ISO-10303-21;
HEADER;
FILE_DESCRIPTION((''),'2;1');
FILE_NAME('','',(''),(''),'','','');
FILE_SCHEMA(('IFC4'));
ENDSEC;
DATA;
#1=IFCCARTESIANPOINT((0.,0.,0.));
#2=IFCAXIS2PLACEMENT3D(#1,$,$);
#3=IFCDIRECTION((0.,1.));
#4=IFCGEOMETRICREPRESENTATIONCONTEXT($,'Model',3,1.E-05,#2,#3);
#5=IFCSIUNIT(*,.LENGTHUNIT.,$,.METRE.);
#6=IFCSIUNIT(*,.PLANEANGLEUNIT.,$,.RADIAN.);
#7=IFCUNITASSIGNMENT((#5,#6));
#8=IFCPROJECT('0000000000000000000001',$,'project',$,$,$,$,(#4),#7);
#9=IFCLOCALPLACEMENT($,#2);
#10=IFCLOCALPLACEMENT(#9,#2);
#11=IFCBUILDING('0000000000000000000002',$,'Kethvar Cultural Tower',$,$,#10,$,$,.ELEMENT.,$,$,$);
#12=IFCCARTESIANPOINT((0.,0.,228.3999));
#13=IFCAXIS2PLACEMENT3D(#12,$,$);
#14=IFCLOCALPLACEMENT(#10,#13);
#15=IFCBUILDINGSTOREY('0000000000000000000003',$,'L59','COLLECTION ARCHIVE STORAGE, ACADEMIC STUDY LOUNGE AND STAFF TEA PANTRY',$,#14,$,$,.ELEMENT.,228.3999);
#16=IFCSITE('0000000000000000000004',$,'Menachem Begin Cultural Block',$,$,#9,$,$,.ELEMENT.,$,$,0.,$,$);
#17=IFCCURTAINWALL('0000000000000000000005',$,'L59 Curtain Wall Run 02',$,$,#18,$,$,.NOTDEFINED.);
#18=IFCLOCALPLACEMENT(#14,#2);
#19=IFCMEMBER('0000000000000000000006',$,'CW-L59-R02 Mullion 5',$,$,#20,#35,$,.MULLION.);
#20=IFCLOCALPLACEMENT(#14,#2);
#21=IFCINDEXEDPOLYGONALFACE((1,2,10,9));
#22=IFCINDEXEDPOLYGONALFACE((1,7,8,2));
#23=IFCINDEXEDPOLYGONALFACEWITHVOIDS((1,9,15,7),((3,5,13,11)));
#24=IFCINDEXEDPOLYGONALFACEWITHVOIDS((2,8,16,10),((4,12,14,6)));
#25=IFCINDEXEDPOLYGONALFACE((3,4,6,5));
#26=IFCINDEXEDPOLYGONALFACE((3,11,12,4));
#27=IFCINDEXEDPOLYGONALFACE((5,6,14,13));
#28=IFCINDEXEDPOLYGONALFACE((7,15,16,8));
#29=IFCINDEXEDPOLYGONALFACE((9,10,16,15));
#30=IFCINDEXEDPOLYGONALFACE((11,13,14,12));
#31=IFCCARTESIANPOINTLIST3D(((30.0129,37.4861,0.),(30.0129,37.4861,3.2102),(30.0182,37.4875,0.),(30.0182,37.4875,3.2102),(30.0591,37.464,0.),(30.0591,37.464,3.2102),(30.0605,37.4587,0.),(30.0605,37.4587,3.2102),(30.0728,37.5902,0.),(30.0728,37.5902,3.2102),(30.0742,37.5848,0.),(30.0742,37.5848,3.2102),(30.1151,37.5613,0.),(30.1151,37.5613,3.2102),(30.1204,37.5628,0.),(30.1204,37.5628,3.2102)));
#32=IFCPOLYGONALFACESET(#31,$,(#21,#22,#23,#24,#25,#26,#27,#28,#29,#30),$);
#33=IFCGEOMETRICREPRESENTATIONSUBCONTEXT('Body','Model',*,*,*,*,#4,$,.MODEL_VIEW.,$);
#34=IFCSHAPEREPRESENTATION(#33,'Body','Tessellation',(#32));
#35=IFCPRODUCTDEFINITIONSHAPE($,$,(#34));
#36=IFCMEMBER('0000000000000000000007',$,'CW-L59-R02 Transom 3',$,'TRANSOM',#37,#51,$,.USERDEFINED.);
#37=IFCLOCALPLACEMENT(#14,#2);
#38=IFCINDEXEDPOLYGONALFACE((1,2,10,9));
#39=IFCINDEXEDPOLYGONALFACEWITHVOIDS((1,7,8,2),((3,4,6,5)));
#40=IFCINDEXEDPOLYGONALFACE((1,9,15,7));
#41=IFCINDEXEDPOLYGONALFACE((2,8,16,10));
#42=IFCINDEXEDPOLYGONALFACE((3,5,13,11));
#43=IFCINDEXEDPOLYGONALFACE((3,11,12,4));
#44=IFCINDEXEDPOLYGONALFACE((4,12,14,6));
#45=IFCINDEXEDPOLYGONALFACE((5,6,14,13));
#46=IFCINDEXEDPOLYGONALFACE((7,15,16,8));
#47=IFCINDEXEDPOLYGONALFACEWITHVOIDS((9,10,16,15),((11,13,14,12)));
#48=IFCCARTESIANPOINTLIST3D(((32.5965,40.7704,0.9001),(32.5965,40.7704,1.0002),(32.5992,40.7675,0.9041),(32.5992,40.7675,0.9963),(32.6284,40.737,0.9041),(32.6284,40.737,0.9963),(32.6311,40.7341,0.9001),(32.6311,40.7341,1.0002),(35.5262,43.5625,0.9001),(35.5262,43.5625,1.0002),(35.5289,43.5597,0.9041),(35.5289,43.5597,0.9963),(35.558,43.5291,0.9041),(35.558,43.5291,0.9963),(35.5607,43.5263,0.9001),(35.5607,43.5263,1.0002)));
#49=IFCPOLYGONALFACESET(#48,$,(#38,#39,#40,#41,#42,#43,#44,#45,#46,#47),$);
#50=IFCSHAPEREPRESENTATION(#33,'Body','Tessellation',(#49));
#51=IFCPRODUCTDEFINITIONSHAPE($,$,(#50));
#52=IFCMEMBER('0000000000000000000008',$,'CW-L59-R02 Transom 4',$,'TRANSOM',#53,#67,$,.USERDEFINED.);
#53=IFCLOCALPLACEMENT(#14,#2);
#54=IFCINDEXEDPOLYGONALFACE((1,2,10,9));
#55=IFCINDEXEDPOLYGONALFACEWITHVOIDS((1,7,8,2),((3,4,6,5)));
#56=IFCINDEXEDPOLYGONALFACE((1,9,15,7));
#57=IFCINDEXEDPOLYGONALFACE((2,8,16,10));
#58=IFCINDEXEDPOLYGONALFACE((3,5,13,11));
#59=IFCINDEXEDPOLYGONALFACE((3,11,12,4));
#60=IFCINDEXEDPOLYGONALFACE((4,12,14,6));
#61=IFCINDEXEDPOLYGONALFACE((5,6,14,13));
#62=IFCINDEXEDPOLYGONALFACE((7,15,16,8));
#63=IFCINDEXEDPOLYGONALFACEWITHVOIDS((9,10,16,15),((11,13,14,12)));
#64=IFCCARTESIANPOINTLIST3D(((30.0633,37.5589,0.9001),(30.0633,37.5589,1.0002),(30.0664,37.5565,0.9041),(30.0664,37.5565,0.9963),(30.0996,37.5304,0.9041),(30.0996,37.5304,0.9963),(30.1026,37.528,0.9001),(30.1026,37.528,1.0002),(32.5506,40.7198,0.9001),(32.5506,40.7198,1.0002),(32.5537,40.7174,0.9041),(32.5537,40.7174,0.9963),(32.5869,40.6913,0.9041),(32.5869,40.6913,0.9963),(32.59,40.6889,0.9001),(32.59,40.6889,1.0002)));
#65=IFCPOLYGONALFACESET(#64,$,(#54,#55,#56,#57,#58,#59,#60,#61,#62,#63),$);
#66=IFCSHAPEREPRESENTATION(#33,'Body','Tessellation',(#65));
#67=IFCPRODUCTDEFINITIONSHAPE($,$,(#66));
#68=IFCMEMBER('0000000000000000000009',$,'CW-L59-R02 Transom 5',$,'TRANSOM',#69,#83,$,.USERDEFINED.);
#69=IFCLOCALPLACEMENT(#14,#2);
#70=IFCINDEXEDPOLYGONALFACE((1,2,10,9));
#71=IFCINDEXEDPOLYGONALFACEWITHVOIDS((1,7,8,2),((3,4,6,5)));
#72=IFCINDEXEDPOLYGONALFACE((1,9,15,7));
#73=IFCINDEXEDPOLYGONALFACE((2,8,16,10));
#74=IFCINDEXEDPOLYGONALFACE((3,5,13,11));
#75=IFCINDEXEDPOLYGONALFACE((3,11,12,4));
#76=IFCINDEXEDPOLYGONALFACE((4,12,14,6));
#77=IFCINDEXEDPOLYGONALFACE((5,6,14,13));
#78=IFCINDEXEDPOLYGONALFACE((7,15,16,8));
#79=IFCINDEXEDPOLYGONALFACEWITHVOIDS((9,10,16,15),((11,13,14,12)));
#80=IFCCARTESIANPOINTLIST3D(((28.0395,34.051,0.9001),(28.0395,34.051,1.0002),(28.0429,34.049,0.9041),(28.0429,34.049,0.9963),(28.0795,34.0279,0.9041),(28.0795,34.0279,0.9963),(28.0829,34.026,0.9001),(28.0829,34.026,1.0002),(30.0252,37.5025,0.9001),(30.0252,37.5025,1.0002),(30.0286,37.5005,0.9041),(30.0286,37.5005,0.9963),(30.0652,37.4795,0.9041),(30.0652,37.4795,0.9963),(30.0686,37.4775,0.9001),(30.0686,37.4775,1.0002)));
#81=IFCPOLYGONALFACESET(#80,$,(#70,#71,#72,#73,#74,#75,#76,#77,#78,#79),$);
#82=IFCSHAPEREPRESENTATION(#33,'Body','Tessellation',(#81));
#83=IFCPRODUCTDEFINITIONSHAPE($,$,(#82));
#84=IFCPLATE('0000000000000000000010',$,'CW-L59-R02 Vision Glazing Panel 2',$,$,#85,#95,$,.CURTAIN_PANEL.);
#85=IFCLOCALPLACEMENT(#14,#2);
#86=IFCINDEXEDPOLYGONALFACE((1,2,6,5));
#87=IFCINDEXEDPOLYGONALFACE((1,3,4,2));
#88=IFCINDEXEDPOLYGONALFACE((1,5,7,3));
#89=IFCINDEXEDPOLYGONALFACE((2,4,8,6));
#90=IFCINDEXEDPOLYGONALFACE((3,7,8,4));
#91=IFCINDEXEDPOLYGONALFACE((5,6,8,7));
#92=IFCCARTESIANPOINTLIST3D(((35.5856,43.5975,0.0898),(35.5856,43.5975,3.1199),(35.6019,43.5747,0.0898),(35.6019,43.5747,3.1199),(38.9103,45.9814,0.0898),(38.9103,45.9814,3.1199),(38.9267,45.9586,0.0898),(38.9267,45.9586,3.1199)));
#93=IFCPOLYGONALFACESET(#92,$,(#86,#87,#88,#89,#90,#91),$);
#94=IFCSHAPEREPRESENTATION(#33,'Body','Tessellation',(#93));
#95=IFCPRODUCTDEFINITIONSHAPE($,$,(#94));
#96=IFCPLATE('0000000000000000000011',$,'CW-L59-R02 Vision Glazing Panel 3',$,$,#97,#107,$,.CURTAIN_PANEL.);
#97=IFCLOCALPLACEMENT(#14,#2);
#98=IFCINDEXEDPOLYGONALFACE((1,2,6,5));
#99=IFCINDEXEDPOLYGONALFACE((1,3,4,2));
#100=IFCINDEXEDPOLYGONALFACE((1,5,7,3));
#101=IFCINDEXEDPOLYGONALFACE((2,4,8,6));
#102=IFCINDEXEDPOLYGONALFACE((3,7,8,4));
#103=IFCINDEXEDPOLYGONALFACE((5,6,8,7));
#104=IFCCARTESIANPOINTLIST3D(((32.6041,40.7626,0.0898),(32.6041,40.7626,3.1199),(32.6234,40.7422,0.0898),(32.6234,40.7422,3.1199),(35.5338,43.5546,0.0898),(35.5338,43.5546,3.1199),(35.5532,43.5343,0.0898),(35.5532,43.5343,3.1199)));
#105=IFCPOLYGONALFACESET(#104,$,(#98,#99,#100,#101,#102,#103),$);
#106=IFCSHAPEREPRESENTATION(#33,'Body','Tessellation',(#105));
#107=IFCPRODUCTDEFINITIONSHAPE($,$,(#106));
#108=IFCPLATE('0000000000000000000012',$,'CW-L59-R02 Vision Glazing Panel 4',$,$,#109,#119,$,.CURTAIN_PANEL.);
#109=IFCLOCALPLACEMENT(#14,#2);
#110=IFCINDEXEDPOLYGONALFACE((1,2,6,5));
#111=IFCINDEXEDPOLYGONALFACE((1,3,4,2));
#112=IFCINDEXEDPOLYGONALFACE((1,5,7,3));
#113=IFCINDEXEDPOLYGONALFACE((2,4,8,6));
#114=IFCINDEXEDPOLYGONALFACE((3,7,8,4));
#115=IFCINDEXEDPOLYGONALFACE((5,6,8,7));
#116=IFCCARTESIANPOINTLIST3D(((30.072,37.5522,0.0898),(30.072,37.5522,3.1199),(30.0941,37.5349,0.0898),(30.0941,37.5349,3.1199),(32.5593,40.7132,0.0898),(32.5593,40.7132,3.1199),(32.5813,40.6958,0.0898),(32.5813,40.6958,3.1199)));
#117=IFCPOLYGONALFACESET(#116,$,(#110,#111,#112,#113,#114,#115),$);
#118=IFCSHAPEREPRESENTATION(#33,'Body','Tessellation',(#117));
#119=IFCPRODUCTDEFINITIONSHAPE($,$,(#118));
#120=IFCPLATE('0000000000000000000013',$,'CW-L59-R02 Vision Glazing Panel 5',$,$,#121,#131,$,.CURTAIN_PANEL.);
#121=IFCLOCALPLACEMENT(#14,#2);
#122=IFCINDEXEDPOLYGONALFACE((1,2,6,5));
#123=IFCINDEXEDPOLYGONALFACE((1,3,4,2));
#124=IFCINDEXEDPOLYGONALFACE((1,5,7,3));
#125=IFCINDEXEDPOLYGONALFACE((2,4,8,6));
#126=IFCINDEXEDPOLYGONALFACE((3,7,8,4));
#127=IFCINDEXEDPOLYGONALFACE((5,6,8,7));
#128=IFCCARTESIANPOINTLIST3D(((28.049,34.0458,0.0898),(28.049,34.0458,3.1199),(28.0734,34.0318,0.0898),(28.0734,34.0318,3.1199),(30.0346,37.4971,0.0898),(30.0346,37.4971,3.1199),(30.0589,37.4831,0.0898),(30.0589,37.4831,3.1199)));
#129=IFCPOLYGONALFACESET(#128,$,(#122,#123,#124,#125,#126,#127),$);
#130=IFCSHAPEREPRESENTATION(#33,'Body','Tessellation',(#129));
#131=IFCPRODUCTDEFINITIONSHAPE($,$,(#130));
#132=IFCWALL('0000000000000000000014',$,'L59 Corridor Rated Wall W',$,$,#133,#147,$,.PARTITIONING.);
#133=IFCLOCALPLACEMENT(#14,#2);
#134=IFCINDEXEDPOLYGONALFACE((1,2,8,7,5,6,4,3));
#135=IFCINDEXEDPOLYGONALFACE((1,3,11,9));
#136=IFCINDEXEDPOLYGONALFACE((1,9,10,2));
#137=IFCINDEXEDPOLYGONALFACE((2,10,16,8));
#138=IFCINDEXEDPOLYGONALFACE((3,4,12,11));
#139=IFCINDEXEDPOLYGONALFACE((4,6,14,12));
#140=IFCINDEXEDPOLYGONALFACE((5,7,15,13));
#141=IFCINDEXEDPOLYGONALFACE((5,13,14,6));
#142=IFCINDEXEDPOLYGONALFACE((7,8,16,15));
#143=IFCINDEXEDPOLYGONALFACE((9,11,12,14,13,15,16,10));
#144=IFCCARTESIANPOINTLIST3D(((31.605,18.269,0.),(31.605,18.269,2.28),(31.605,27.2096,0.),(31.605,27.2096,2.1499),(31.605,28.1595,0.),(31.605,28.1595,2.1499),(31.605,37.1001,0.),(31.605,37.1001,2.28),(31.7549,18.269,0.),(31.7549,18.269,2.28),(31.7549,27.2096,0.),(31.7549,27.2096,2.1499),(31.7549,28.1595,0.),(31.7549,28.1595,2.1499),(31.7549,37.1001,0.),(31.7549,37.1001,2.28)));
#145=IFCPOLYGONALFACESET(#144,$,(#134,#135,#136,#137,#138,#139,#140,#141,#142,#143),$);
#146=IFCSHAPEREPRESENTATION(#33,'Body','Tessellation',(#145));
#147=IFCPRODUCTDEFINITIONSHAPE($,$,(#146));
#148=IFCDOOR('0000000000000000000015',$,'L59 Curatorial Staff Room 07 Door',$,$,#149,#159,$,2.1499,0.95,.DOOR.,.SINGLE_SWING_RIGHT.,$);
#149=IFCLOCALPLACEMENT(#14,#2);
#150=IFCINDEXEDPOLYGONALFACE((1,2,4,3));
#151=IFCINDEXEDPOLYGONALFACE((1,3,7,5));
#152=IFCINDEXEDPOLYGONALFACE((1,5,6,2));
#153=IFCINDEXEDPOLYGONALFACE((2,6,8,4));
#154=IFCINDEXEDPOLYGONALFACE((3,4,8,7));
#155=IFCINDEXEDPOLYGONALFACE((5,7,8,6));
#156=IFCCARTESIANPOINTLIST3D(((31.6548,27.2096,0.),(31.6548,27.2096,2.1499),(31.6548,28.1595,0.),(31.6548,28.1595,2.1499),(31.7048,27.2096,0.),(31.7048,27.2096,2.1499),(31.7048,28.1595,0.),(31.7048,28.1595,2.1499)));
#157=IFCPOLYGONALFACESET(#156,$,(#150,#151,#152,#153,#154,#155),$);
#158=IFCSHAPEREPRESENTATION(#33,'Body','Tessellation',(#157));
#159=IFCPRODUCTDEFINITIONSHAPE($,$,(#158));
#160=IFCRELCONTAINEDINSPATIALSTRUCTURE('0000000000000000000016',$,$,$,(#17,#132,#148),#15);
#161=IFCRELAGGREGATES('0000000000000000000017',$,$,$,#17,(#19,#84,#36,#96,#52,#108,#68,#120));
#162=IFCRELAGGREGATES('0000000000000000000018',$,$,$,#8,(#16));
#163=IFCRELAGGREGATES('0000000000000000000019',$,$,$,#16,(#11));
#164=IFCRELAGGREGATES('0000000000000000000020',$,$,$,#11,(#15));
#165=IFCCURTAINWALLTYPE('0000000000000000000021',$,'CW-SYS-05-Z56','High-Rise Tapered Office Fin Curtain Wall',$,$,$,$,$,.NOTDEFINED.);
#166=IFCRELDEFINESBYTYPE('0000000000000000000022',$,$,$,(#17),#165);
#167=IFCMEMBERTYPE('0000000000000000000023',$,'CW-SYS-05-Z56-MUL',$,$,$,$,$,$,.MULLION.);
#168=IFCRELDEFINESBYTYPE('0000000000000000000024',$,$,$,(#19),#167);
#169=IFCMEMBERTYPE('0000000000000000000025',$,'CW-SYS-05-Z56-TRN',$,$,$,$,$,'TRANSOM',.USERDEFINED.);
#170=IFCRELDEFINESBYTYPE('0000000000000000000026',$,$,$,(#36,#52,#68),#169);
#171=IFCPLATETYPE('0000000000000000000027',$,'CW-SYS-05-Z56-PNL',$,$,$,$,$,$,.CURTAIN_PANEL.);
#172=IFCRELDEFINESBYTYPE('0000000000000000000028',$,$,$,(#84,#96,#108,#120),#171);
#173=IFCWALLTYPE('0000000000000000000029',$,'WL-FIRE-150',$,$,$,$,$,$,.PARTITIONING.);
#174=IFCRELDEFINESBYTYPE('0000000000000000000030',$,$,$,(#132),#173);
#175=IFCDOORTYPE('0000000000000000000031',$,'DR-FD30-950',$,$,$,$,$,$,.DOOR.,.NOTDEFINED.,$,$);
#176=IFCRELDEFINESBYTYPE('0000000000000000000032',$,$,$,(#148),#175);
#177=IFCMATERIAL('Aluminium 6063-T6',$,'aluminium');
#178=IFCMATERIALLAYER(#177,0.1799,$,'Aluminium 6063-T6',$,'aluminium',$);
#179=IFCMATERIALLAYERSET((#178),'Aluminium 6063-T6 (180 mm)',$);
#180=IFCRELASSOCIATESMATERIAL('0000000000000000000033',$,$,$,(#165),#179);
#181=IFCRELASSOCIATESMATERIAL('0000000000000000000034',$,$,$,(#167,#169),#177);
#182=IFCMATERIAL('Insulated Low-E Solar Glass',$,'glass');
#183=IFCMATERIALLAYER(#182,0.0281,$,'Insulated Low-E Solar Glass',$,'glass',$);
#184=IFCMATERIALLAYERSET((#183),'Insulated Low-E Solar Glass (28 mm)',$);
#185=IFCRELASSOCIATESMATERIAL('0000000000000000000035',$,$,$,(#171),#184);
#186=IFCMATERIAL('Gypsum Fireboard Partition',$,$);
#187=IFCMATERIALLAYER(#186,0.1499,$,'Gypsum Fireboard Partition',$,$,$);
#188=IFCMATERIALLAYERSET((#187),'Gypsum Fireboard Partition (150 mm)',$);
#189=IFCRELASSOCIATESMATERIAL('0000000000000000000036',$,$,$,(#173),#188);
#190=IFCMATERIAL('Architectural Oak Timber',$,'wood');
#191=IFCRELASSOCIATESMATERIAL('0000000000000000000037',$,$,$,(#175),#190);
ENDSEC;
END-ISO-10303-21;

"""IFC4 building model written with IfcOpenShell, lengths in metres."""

from ifc_helpers import new_model, si_unit, direction, frame, frame_2d, origin, origin_2d, place, context, subcontext, project, spatial, rectangle, hollow_rectangle, extrude, source, transform, mapped, material, layer, layer_set, material_profile, profile_set, type_object, element, fill, aggregate, save


model = new_model("IFC4")

# Units and contexts
model_context = context("Model", 3, precision=1e-05, world=origin(), true_north=direction((0.0, 1.0)))
body_context = subcontext(model_context, "Body", "Model", "MODEL_VIEW")
ifc_project = project(units=[si_unit("LENGTHUNIT", "METRE"), si_unit("PLANEANGLEUNIT", "RADIAN")], contexts=[model_context])

# Site, building, storey
site_placement = place(None, origin())
site = spatial("IfcSite", under=ifc_project, at=site_placement, Name="Menachem Begin Cultural Block", CompositionType="ELEMENT", RefElevation=0.0)
building_placement = place(site_placement, origin())
building = spatial("IfcBuilding", under=site, at=building_placement, Name="Kethvar Cultural Tower", CompositionType="ELEMENT")
storey_placement = place(building_placement, frame((0.0, 0.0, 228.3999)))
storey = spatial("IfcBuildingStorey", under=building, at=storey_placement, Name="L59", Description="COLLECTION ARCHIVE STORAGE, ACADEMIC STUDY LOUNGE AND STAFF TEA PANTRY", CompositionType="ELEMENT", Elevation=228.3999)

# Curtain wall, members, plates
ifc_material_1 = material(Name="Aluminium 6063-T6", Category="aluminium")
ifc_layer_1 = layer(ifc_material_1, 0.1799, Name="Aluminium 6063-T6", Category="aluminium")
ifc_layer_set_1 = layer_set([ifc_layer_1], Name="Aluminium 6063-T6 (180 mm)")
curtain_wall_type = type_object("IfcCurtainWallType", Name="CW-SYS-05-Z56", Description="High-Rise Tapered Office Fin Curtain Wall", PredefinedType="NOTDEFINED", material=ifc_layer_set_1)
curtain_wall_placement = place(storey_placement, origin())
curtain_wall = element("IfcCurtainWall", 1, at=curtain_wall_placement, inside=storey, type_object=curtain_wall_type, Name="L59 Curtain Wall Run 02", PredefinedType="NOTDEFINED")
ifc_material_profile_1 = material_profile(ifc_material_1, hollow_rectangle(XDim=0.0549, YDim=0.1201, WallThickness=0.0039, at=origin_2d()), Name="Aluminium 6063-T6 — RHS120x55x4")
ifc_profile_set_1 = profile_set([ifc_material_profile_1], Name="Aluminium 6063-T6 — RHS120x55x4")
member_type_1 = type_object("IfcMemberType", Name="CW-SYS-05-Z56-MUL", PredefinedType="MULLION", material=ifc_profile_set_1)
shared_shape_1 = source(origin(), body_context, "Body", "SweptSolid", [
    extrude(hollow_rectangle(XDim=0.0549, YDim=0.1201, WallThickness=0.0039, at=origin_2d()), origin(), (0.0, 0.0, 1.0), 3.2102),
])
member_1_placement = place(storey_placement, frame((30.0667, 37.5244, 0.0), z_axis=(0.0, 0.0, 1.0), x_axis=(0.866792, -0.498669, 0.0)))
member_1 = element("IfcMember", 2, at=member_1_placement, type_object=member_type_1, Name="CW-L59-R02 Mullion 5", PredefinedType="MULLION", context=body_context, shape_type="MappedRepresentation", body=[
    mapped(shared_shape_1, transform((0.0, 0.0, 0.0), scale=1.0)),
])
ifc_material_profile_2 = material_profile(ifc_material_1, hollow_rectangle(XDim=0.05, YDim=0.1001, WallThickness=0.0039, at=origin_2d()), Name="Aluminium 6063-T6 — RHS100x50x4")
ifc_profile_set_2 = profile_set([ifc_material_profile_2], Name="Aluminium 6063-T6 — RHS100x50x4")
member_type_2 = type_object("IfcMemberType", Name="CW-SYS-05-Z56-TRN", ElementType="TRANSOM", PredefinedType="USERDEFINED", material=ifc_profile_set_2)
shared_shape_2 = source(origin(), body_context, "Body", "SweptSolid", [
    extrude(hollow_rectangle(XDim=0.05, YDim=0.1001, WallThickness=0.0039, at=origin_2d()), origin(), (0.0, 0.0, 1.0), 4.0471),
])
member_2_placement = place(storey_placement, frame((35.5435, 43.5444, 0.9502), z_axis=(-0.723884, -0.689922, 0.0), x_axis=(0.689922, -0.723884, 0.0)))
member_2 = element("IfcMember", 3, at=member_2_placement, type_object=member_type_2, Name="CW-L59-R02 Transom 3", ObjectType="TRANSOM", PredefinedType="USERDEFINED", context=body_context, shape_type="MappedRepresentation", body=[
    mapped(shared_shape_2, transform((0.0, 0.0, 0.0), scale=1.0)),
])
shared_shape_3 = source(origin(), body_context, "Body", "SweptSolid", [
    extrude(hollow_rectangle(XDim=0.05, YDim=0.1001, WallThickness=0.0039, at=origin_2d()), origin(), (0.0, 0.0, 1.0), 4.0222),
])
member_3_placement = place(storey_placement, frame((32.5703, 40.7043, 0.9502), z_axis=(-0.618398, -0.785865, 0.0), x_axis=(0.785865, -0.618398, 0.0)))
member_3 = element("IfcMember", 4, at=member_3_placement, type_object=member_type_2, Name="CW-L59-R02 Transom 4", ObjectType="TRANSOM", PredefinedType="USERDEFINED", context=body_context, shape_type="MappedRepresentation", body=[
    mapped(shared_shape_3, transform((0.0, 0.0, 0.0), scale=1.0)),
])
shared_shape_4 = source(origin(), body_context, "Body", "SweptSolid", [
    extrude(hollow_rectangle(XDim=0.05, YDim=0.1001, WallThickness=0.0039, at=origin_2d()), origin(), (0.0, 0.0, 1.0), 3.9819),
])
member_4_placement = place(storey_placement, frame((30.0469, 37.49, 0.9502), z_axis=(-0.498666, -0.866794, 0.0), x_axis=(0.866794, -0.498666, 0.0)))
member_4 = element("IfcMember", 5, at=member_4_placement, type_object=member_type_2, Name="CW-L59-R02 Transom 5", ObjectType="TRANSOM", PredefinedType="USERDEFINED", context=body_context, shape_type="MappedRepresentation", body=[
    mapped(shared_shape_4, transform((0.0, 0.0, 0.0), scale=1.0)),
])
ifc_material_2 = material(Name="Insulated Low-E Solar Glass", Category="glass")
ifc_layer_2 = layer(ifc_material_2, 0.0281, Name="Insulated Low-E Solar Glass", Category="glass")
ifc_layer_set_2 = layer_set([ifc_layer_2], Name="Insulated Low-E Solar Glass (28 mm)")
plate_type = type_object("IfcPlateType", Name="CW-SYS-05-Z56-PNL", PredefinedType="CURTAIN_PANEL", material=ifc_layer_set_2)
shared_shape_5 = source(origin(), body_context, "Body", "SweptSolid", [
    extrude(rectangle(XDim=4.0911, YDim=0.0281, at=origin_2d()), origin(), (0.0, 0.0, 1.0), 3.03),
])
plate_1_placement = place(storey_placement, frame((37.2561, 44.7781, 0.0898), z_axis=(0.0, 0.0, 1.0), x_axis=(-0.812684, -0.582705, 0.0)))
plate_1 = element("IfcPlate", 6, at=plate_1_placement, type_object=plate_type, Name="CW-L59-R02 Vision Glazing Panel 2", PredefinedType="CURTAIN_PANEL", context=body_context, shape_type="MappedRepresentation", body=[
    mapped(shared_shape_5, transform((0.0, 0.0, 0.0), scale=1.0)),
])
shared_shape_6 = source(origin(), body_context, "Body", "SweptSolid", [
    extrude(rectangle(XDim=4.0471, YDim=0.0281, at=origin_2d()), origin(), (0.0, 0.0, 1.0), 3.03),
])
plate_2_placement = place(storey_placement, frame((34.0786, 42.1484, 0.0898), z_axis=(0.0, 0.0, 1.0), x_axis=(-0.723907, -0.689898, 0.0)))
plate_2 = element("IfcPlate", 7, at=plate_2_placement, type_object=plate_type, Name="CW-L59-R02 Vision Glazing Panel 3", PredefinedType="CURTAIN_PANEL", context=body_context, shape_type="MappedRepresentation", body=[
    mapped(shared_shape_6, transform((0.0, 0.0, 0.0), scale=1.0)),
])
shared_shape_7 = source(origin(), body_context, "Body", "SweptSolid", [
    extrude(rectangle(XDim=4.0222, YDim=0.0281, at=origin_2d()), origin(), (0.0, 0.0, 1.0), 3.03),
])
plate_3_placement = place(storey_placement, frame((31.3267, 39.124, 0.0898), z_axis=(0.0, 0.0, 1.0), x_axis=(-0.618381, -0.785878, 0.0)))
plate_3 = element("IfcPlate", 8, at=plate_3_placement, type_object=plate_type, Name="CW-L59-R02 Vision Glazing Panel 4", PredefinedType="CURTAIN_PANEL", context=body_context, shape_type="MappedRepresentation", body=[
    mapped(shared_shape_7, transform((0.0, 0.0, 0.0), scale=1.0)),
])
shared_shape_8 = source(origin(), body_context, "Body", "SweptSolid", [
    extrude(rectangle(XDim=3.9817, YDim=0.0281, at=origin_2d()), origin(), (0.0, 0.0, 1.0), 3.03),
])
plate_4_placement = place(storey_placement, frame((29.054, 35.7644, 0.0898), z_axis=(0.0, 0.0, 1.0), x_axis=(-0.498669, -0.866792, 0.0)))
plate_4 = element("IfcPlate", 9, at=plate_4_placement, type_object=plate_type, Name="CW-L59-R02 Vision Glazing Panel 5", PredefinedType="CURTAIN_PANEL", context=body_context, shape_type="MappedRepresentation", body=[
    mapped(shared_shape_8, transform((0.0, 0.0, 0.0), scale=1.0)),
])
aggregate(curtain_wall, [member_1, plate_1, member_2, plate_2, member_3, plate_3, member_4, plate_4])

# Wall, opening, door
ifc_material_3 = material(Name="Gypsum Fireboard Partition")
ifc_layer_3 = layer(ifc_material_3, 0.1499, Name="Gypsum Fireboard Partition")
ifc_layer_set_3 = layer_set([ifc_layer_3], Name="Gypsum Fireboard Partition (150 mm)")
wall_type_1 = type_object("IfcWallType", Name="WL-FIRE-150", PredefinedType="PARTITIONING", material=ifc_layer_set_3)
wall_1_placement = place(storey_placement, frame((31.6799, 37.1001, 0.0), z_axis=(0.0, 0.0, 1.0), x_axis=(0.0, -1.0, 0.0)))
wall_1 = element("IfcWall", 10, at=wall_1_placement, inside=storey, type_object=wall_type_1, Name="L59 Corridor Rated Wall W", PredefinedType="PARTITIONING", context=body_context, shape_type="SweptSolid", body=[
    extrude(rectangle(XDim=18.8311, YDim=0.1499, at=frame_2d((9.4155, 0.0))), origin(), (0.0, 0.0, 1.0), 2.28),
])
opening_placement = place(wall_1_placement, frame((8.9404, 0.0, 0.0)))
opening = element("IfcOpeningElement", 11, at=opening_placement, cuts=wall_1, PredefinedType="OPENING", context=body_context, shape_type="SweptSolid", body=[
    extrude(rectangle(XDim=0.95, YDim=2.1499, at=frame_2d((0.4751, 1.075))), frame((0.0, 0.085, 0.0), z_axis=(0.0, -1.0, 0.0), x_axis=(1.0, 0.0, 0.0)), (0.0, 0.0, 1.0), 0.1699),
])
ifc_material_4 = material(Name="Architectural Oak Timber", Category="wood")
door_type = type_object("IfcDoorType", Name="DR-FD30-950", OperationType="NOTDEFINED", PredefinedType="DOOR", material=ifc_material_4)
shared_shape_9 = source(origin(), body_context, "Body", "SweptSolid", [
    extrude(rectangle(XDim=0.95, YDim=2.1499, at=frame_2d((0.4751, 1.075))), frame((0.0, 0.0249, 0.0), z_axis=(0.0, -1.0, 0.0), x_axis=(1.0, 0.0, 0.0)), (0.0, 0.0, 1.0), 0.05),
])
door_placement = place(opening_placement, origin())
door = element("IfcDoor", 12, at=door_placement, inside=storey, type_object=door_type, Name="L59 Curatorial Staff Room 07 Door", OperationType="SINGLE_SWING_RIGHT", OverallHeight=2.1499, OverallWidth=0.95, PredefinedType="DOOR", context=body_context, shape_type="MappedRepresentation", body=[
    mapped(shared_shape_9, transform((0.0, 0.0, 0.0), scale=1.0)),
])
fill(opening, door)

save(model, "model.ifc")
